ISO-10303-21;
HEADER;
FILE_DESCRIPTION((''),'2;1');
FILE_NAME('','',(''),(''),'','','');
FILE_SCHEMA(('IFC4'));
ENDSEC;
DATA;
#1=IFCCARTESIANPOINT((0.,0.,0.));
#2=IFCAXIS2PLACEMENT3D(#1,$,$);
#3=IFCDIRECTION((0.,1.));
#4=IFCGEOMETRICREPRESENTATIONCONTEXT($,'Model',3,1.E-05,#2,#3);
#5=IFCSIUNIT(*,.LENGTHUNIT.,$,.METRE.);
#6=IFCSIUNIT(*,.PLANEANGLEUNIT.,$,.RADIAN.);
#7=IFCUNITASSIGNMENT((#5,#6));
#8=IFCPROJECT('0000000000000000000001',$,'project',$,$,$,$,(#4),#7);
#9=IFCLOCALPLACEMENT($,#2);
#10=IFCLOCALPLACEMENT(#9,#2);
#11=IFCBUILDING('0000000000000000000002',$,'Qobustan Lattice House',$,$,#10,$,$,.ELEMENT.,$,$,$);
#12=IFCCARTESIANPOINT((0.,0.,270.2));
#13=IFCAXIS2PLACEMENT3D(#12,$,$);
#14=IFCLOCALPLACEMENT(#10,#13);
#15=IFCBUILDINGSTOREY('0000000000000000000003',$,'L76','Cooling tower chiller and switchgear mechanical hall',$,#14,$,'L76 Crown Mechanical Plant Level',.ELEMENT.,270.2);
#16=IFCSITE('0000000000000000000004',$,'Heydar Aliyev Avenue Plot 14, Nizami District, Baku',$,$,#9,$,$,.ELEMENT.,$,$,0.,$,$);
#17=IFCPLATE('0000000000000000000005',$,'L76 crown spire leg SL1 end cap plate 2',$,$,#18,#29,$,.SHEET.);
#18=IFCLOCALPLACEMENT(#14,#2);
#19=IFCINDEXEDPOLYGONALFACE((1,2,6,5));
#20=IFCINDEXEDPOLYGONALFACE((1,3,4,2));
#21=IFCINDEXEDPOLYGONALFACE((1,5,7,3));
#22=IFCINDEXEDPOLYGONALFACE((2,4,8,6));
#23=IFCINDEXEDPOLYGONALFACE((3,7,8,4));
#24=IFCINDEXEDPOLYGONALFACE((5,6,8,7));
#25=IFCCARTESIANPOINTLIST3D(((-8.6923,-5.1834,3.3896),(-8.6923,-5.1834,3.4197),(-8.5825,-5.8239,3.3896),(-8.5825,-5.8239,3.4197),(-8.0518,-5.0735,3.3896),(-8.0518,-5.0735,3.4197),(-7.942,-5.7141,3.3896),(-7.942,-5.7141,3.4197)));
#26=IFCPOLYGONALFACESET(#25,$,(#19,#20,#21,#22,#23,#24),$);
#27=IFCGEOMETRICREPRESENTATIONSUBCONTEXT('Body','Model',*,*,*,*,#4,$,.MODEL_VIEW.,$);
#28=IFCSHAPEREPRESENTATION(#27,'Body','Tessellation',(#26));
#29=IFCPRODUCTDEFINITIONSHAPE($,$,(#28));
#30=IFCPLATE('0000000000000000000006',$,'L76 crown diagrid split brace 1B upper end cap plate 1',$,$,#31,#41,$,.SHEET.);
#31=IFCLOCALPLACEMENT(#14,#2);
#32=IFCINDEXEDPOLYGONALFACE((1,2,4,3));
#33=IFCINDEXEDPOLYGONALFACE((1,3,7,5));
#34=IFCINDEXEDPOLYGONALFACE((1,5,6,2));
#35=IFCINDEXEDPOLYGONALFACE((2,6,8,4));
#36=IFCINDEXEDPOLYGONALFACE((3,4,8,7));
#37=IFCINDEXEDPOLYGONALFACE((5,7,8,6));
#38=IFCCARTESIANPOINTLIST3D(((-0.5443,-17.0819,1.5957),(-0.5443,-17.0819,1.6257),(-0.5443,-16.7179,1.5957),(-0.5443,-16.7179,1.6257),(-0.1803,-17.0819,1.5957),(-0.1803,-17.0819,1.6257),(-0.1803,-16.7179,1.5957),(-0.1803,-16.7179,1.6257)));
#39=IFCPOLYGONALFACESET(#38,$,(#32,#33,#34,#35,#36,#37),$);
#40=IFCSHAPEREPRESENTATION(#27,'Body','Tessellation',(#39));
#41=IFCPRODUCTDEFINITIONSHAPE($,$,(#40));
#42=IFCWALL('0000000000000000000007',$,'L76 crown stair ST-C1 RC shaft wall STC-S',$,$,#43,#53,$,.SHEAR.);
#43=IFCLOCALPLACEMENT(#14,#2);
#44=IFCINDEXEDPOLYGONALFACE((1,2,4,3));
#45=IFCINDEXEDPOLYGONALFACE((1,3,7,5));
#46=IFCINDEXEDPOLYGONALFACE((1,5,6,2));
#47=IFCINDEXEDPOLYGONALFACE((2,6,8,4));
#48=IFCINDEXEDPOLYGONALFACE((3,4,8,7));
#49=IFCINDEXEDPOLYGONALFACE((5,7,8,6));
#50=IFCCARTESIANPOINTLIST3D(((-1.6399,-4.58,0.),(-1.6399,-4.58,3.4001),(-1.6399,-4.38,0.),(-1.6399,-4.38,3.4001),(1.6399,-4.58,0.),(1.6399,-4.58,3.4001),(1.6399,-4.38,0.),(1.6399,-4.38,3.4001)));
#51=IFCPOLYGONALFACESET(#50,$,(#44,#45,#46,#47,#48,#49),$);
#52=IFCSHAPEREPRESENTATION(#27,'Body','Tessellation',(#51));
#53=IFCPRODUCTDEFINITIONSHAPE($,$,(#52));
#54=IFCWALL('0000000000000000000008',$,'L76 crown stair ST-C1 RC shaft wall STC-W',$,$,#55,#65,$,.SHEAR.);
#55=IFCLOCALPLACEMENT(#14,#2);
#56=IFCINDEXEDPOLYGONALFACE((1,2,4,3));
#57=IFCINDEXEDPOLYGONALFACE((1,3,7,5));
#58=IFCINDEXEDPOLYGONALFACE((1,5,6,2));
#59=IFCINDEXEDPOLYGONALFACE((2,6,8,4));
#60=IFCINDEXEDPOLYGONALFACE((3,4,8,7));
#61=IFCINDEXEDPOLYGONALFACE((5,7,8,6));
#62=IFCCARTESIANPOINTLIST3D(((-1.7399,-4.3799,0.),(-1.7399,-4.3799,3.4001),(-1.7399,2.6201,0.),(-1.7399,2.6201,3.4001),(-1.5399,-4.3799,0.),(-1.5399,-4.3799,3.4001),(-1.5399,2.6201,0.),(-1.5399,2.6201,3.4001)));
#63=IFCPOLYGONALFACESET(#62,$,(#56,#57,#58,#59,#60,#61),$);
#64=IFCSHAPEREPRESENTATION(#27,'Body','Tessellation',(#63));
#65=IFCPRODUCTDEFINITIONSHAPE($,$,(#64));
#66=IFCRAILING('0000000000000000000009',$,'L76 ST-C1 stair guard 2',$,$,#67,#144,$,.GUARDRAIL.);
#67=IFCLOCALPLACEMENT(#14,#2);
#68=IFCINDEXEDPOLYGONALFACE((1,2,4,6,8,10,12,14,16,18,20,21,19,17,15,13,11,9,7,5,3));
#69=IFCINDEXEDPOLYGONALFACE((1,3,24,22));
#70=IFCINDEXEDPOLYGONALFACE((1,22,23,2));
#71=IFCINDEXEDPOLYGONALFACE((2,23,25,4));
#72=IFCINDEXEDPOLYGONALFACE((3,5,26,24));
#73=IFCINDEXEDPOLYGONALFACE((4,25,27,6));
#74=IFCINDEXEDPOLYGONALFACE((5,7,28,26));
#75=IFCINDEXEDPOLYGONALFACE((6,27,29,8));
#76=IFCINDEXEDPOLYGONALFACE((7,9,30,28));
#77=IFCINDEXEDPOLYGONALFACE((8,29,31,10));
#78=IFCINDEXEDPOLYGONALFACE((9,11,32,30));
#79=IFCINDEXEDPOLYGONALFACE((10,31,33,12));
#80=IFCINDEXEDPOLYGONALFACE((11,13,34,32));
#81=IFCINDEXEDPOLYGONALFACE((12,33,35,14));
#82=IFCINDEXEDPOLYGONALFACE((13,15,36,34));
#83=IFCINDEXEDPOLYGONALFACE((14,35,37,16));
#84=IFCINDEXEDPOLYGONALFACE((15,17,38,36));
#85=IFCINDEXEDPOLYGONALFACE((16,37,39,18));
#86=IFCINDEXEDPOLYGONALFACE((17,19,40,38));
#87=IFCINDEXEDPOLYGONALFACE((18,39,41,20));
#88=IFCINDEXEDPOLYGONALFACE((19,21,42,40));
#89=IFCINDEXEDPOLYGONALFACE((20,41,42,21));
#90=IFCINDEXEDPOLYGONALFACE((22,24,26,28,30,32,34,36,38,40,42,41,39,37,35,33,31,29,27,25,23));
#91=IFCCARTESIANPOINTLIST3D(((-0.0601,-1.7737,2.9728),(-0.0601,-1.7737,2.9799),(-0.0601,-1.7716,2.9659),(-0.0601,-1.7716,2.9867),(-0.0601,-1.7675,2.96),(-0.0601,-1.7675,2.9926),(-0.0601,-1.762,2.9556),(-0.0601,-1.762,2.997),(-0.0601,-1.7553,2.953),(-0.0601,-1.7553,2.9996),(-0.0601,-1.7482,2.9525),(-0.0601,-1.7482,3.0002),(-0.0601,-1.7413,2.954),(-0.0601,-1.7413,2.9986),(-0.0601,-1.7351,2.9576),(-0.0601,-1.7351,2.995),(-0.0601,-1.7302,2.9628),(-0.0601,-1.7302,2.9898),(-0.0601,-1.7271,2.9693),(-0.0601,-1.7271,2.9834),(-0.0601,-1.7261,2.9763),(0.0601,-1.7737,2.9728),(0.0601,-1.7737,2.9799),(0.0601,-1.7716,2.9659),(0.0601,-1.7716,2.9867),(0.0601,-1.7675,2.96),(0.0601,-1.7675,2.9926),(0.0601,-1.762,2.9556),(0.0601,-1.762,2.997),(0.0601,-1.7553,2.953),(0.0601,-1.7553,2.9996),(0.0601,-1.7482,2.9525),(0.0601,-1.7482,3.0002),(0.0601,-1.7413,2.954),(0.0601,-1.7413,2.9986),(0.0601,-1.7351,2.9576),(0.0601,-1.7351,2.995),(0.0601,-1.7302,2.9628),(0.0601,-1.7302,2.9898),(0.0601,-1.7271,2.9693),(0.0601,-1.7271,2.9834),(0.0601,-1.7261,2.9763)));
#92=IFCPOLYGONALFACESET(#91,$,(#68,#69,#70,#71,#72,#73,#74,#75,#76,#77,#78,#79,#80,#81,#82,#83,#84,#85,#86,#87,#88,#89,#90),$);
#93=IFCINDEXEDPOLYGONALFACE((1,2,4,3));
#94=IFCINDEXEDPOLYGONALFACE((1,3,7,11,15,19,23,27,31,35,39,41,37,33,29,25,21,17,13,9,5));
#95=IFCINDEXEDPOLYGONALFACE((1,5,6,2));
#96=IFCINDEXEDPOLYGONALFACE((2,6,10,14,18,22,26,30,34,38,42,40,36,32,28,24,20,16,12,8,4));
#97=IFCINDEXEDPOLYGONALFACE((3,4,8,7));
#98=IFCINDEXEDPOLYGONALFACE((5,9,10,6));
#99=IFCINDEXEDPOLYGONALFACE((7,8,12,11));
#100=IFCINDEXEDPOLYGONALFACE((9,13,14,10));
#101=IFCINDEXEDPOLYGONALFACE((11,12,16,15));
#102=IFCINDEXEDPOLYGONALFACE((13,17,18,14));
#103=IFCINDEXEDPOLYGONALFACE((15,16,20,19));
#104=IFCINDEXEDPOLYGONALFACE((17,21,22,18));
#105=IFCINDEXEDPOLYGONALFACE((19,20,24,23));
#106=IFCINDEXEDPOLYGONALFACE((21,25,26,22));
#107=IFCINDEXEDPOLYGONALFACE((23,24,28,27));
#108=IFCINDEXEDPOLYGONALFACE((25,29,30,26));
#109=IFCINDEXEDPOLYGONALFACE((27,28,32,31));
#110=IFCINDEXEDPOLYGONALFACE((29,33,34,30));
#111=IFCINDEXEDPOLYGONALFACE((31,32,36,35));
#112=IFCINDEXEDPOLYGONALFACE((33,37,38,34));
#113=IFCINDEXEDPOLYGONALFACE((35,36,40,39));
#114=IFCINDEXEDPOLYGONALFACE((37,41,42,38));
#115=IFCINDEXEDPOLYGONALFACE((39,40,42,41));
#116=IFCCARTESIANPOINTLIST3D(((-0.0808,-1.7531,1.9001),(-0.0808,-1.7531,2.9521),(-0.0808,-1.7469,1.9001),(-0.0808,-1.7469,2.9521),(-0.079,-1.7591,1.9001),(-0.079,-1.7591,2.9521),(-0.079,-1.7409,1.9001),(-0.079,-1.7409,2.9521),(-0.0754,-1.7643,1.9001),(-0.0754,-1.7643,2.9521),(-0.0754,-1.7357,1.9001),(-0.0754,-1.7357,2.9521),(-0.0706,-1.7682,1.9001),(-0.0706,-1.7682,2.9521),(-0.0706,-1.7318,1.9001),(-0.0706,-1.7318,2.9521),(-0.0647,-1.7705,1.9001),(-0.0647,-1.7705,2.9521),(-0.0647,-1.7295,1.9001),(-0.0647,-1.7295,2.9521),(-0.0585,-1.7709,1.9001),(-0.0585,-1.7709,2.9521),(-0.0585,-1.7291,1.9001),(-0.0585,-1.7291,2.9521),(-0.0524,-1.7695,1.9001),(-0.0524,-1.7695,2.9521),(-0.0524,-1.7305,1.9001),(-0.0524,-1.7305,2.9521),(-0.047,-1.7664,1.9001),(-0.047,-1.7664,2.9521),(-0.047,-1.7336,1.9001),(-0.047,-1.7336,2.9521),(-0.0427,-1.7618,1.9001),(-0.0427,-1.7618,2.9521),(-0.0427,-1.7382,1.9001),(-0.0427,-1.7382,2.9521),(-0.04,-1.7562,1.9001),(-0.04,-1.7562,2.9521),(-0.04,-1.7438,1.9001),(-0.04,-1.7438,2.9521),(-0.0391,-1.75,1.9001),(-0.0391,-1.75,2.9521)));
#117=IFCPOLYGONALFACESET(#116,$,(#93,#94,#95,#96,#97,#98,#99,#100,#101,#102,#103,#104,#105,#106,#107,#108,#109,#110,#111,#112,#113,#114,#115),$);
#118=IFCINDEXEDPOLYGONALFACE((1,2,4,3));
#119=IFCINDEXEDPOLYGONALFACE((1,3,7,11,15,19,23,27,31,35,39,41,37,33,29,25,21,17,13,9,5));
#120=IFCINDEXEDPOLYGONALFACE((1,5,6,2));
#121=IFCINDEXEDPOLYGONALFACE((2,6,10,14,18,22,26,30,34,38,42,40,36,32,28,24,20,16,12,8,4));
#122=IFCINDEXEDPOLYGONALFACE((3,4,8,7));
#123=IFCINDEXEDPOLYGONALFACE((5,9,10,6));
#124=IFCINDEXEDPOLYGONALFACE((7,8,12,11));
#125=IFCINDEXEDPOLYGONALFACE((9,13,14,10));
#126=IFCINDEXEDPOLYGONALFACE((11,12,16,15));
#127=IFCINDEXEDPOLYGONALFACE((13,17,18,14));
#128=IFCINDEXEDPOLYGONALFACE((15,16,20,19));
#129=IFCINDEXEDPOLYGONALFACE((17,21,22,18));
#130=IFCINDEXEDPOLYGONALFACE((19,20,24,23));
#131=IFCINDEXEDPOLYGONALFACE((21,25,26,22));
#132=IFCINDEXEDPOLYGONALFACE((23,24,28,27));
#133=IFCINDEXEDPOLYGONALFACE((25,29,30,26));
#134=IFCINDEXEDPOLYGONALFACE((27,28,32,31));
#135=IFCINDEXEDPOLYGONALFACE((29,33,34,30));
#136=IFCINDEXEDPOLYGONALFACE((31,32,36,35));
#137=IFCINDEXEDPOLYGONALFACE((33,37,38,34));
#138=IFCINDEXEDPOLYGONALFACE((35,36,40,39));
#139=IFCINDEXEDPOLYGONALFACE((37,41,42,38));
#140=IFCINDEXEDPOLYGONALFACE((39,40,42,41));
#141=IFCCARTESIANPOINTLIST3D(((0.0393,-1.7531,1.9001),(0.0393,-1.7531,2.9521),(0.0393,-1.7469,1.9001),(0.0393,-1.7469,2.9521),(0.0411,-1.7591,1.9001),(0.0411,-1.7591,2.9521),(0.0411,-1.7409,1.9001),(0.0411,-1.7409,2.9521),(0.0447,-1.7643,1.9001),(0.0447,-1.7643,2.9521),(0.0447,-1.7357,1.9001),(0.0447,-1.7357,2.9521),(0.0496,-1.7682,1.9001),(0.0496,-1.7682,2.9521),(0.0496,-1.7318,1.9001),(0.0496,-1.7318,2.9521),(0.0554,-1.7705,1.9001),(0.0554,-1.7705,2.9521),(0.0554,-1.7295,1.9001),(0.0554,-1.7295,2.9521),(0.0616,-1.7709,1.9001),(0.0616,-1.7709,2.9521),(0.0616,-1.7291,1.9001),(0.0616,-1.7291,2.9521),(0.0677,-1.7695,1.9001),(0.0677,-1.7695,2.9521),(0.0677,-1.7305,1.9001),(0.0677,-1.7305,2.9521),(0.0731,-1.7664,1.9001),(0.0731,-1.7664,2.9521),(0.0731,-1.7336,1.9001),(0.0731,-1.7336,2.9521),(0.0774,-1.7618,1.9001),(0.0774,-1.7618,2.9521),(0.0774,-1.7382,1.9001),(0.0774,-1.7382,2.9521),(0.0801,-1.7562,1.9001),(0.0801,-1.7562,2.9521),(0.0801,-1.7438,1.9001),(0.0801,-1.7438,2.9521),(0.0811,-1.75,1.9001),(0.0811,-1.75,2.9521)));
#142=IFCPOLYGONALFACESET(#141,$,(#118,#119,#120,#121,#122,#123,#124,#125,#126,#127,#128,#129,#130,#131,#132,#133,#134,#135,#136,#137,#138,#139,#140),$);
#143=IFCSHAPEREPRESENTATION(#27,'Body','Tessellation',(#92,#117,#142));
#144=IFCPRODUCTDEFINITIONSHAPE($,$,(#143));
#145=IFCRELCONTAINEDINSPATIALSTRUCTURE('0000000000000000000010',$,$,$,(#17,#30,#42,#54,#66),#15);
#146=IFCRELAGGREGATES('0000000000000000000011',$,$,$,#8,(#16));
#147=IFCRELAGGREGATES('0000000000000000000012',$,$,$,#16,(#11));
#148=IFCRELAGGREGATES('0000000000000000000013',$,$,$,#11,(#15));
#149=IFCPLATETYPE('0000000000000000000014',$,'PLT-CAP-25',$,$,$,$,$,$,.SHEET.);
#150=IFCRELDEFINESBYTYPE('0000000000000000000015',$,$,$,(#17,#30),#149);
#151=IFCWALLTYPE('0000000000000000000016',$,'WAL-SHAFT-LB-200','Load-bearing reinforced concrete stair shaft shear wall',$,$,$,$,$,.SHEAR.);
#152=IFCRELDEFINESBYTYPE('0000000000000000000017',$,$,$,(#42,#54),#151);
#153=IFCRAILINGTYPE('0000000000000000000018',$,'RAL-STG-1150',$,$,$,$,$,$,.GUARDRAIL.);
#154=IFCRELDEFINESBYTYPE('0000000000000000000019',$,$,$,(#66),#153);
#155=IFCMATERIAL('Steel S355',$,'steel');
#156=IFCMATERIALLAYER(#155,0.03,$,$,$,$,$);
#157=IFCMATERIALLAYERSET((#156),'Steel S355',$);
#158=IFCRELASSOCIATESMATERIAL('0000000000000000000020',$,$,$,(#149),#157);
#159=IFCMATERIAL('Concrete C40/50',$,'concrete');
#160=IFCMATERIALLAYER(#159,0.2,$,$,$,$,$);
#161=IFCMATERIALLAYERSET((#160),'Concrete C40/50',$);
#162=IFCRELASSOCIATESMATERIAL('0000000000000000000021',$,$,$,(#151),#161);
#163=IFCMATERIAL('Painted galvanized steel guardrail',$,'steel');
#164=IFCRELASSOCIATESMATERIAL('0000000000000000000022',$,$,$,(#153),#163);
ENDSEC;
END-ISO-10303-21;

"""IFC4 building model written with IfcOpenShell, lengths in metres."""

from ifc_helpers import new_model, si_unit, direction, frame, frame_2d, origin, origin_2d, place, context, subcontext, project, spatial, rectangle, circle, extrude, material, layer, layer_set, type_object, element, save


model = new_model("IFC4")

# Units and contexts
model_context = context("Model", 3, precision=1e-05, world=origin(), true_north=direction((0.0, 1.0)))
body_context = subcontext(model_context, "Body", "Model", "MODEL_VIEW")
ifc_project = project(units=[si_unit("LENGTHUNIT", "METRE"), si_unit("PLANEANGLEUNIT", "RADIAN")], contexts=[model_context])

# Site, building, storey
site_placement = place(None, origin())
site = spatial("IfcSite", under=ifc_project, at=site_placement, Name="Heydar Aliyev Avenue Plot 14, Nizami District, Baku", CompositionType="ELEMENT", RefElevation=0.0)
building_placement = place(site_placement, origin())
building = spatial("IfcBuilding", under=site, at=building_placement, Name="Qobustan Lattice House", CompositionType="ELEMENT")
storey_placement = place(building_placement, frame((0.0, 0.0, 270.2)))
storey = spatial("IfcBuildingStorey", under=building, at=storey_placement, Name="L76", Description="Cooling tower chiller and switchgear mechanical hall", LongName="L76 Crown Mechanical Plant Level", CompositionType="ELEMENT", Elevation=270.2)

# Plates
ifc_material_1 = material(Name="Steel S355", Category="steel")
ifc_layer_1 = layer(ifc_material_1, 0.03)
ifc_layer_set_1 = layer_set([ifc_layer_1], Name="Steel S355")
plate_type_1 = type_object("IfcPlateType", Name="PLT-CAP-25", PredefinedType="SHEET", material=ifc_layer_set_1)
plate_1_placement = place(storey_placement, frame((-8.3171, -5.4487, 3.3896), z_axis=(0.0, 0.0, 1.0), x_axis=(0.985624, 0.168954, 0.0)))
element("IfcPlate", 1, at=plate_1_placement, inside=storey, type_object=plate_type_1, Name="L76 crown spire leg SL1 end cap plate 2", PredefinedType="SHEET", context=body_context, shape_type="SweptSolid", body=[
    extrude(rectangle(XDim=0.6499, YDim=0.6499, at=origin_2d()), origin(), (0.0, 0.0, 1.0), 0.03),
])
plate_2_placement = place(storey_placement, frame((-0.3623, -16.8999, 1.5957), z_axis=(0.0, 0.0, 1.0), x_axis=(-1.0, 0.0, 0.0)))
element("IfcPlate", 2, at=plate_2_placement, inside=storey, type_object=plate_type_1, Name="L76 crown diagrid split brace 1B upper end cap plate 1", PredefinedType="SHEET", context=body_context, shape_type="SweptSolid", body=[
    extrude(rectangle(XDim=0.364, YDim=0.364, at=origin_2d()), origin(), (0.0, 0.0, 1.0), 0.03),
])

# Walls
ifc_material_2 = material(Name="Concrete C40/50", Category="concrete")
ifc_layer_2 = layer(ifc_material_2, 0.2)
ifc_layer_set_2 = layer_set([ifc_layer_2], Name="Concrete C40/50")
wall_type = type_object("IfcWallType", Name="WAL-SHAFT-LB-200", Description="Load-bearing reinforced concrete stair shaft shear wall", PredefinedType="SHEAR", material=ifc_layer_set_2)
wall_1_placement = place(storey_placement, frame((-1.6399, -4.48, 0.0), z_axis=(0.0, 0.0, 1.0), x_axis=(1.0, 0.0, 0.0)))
element("IfcWall", 3, at=wall_1_placement, inside=storey, type_object=wall_type, Name="L76 crown stair ST-C1 RC shaft wall STC-S", PredefinedType="SHEAR", context=body_context, shape_type="SweptSolid", body=[
    extrude(rectangle(XDim=3.2798, YDim=0.2, at=frame_2d((1.6399, 0.0))), origin(), (0.0, 0.0, 1.0), 3.4001),
])
wall_2_placement = place(storey_placement, frame((-1.6399, -4.3799, 0.0), z_axis=(0.0, 0.0, 1.0), x_axis=(0.0, 1.0, 0.0)))
element("IfcWall", 4, at=wall_2_placement, inside=storey, type_object=wall_type, Name="L76 crown stair ST-C1 RC shaft wall STC-W", PredefinedType="SHEAR", context=body_context, shape_type="SweptSolid", body=[
    extrude(rectangle(XDim=7.0, YDim=0.2, at=frame_2d((3.5, 0.0))), origin(), (0.0, 0.0, 1.0), 3.4001),
])

# Railing
ifc_material_3 = material(Name="Painted galvanized steel guardrail", Category="steel")
railing_type = type_object("IfcRailingType", Name="RAL-STG-1150", PredefinedType="GUARDRAIL", material=ifc_material_3)
railing_1_placement = place(storey_placement, frame((-0.0601, -1.75, 1.9001)))
element("IfcRailing", 5, at=railing_1_placement, inside=storey, type_object=railing_type, Name="L76 ST-C1 stair guard 2", PredefinedType="GUARDRAIL", context=body_context, shape_type="SweptSolid", body=[
    extrude(circle(Radius=0.0239, at=origin_2d()), frame((0.0, 0.0, 1.0762), z_axis=(1.0, 0.0, 0.0), x_axis=(0.0, 1.0, 0.0)), (0.0, 0.0, 1.0), 0.1201),
    extrude(circle(Radius=0.021, at=origin_2d()), origin(), (0.0, 0.0, 1.0), 1.052),
    extrude(circle(Radius=0.021, at=origin_2d()), frame((0.1201, 0.0, 0.0)), (0.0, 0.0, 1.0), 1.052),
])

save(model, "model.ifc")
